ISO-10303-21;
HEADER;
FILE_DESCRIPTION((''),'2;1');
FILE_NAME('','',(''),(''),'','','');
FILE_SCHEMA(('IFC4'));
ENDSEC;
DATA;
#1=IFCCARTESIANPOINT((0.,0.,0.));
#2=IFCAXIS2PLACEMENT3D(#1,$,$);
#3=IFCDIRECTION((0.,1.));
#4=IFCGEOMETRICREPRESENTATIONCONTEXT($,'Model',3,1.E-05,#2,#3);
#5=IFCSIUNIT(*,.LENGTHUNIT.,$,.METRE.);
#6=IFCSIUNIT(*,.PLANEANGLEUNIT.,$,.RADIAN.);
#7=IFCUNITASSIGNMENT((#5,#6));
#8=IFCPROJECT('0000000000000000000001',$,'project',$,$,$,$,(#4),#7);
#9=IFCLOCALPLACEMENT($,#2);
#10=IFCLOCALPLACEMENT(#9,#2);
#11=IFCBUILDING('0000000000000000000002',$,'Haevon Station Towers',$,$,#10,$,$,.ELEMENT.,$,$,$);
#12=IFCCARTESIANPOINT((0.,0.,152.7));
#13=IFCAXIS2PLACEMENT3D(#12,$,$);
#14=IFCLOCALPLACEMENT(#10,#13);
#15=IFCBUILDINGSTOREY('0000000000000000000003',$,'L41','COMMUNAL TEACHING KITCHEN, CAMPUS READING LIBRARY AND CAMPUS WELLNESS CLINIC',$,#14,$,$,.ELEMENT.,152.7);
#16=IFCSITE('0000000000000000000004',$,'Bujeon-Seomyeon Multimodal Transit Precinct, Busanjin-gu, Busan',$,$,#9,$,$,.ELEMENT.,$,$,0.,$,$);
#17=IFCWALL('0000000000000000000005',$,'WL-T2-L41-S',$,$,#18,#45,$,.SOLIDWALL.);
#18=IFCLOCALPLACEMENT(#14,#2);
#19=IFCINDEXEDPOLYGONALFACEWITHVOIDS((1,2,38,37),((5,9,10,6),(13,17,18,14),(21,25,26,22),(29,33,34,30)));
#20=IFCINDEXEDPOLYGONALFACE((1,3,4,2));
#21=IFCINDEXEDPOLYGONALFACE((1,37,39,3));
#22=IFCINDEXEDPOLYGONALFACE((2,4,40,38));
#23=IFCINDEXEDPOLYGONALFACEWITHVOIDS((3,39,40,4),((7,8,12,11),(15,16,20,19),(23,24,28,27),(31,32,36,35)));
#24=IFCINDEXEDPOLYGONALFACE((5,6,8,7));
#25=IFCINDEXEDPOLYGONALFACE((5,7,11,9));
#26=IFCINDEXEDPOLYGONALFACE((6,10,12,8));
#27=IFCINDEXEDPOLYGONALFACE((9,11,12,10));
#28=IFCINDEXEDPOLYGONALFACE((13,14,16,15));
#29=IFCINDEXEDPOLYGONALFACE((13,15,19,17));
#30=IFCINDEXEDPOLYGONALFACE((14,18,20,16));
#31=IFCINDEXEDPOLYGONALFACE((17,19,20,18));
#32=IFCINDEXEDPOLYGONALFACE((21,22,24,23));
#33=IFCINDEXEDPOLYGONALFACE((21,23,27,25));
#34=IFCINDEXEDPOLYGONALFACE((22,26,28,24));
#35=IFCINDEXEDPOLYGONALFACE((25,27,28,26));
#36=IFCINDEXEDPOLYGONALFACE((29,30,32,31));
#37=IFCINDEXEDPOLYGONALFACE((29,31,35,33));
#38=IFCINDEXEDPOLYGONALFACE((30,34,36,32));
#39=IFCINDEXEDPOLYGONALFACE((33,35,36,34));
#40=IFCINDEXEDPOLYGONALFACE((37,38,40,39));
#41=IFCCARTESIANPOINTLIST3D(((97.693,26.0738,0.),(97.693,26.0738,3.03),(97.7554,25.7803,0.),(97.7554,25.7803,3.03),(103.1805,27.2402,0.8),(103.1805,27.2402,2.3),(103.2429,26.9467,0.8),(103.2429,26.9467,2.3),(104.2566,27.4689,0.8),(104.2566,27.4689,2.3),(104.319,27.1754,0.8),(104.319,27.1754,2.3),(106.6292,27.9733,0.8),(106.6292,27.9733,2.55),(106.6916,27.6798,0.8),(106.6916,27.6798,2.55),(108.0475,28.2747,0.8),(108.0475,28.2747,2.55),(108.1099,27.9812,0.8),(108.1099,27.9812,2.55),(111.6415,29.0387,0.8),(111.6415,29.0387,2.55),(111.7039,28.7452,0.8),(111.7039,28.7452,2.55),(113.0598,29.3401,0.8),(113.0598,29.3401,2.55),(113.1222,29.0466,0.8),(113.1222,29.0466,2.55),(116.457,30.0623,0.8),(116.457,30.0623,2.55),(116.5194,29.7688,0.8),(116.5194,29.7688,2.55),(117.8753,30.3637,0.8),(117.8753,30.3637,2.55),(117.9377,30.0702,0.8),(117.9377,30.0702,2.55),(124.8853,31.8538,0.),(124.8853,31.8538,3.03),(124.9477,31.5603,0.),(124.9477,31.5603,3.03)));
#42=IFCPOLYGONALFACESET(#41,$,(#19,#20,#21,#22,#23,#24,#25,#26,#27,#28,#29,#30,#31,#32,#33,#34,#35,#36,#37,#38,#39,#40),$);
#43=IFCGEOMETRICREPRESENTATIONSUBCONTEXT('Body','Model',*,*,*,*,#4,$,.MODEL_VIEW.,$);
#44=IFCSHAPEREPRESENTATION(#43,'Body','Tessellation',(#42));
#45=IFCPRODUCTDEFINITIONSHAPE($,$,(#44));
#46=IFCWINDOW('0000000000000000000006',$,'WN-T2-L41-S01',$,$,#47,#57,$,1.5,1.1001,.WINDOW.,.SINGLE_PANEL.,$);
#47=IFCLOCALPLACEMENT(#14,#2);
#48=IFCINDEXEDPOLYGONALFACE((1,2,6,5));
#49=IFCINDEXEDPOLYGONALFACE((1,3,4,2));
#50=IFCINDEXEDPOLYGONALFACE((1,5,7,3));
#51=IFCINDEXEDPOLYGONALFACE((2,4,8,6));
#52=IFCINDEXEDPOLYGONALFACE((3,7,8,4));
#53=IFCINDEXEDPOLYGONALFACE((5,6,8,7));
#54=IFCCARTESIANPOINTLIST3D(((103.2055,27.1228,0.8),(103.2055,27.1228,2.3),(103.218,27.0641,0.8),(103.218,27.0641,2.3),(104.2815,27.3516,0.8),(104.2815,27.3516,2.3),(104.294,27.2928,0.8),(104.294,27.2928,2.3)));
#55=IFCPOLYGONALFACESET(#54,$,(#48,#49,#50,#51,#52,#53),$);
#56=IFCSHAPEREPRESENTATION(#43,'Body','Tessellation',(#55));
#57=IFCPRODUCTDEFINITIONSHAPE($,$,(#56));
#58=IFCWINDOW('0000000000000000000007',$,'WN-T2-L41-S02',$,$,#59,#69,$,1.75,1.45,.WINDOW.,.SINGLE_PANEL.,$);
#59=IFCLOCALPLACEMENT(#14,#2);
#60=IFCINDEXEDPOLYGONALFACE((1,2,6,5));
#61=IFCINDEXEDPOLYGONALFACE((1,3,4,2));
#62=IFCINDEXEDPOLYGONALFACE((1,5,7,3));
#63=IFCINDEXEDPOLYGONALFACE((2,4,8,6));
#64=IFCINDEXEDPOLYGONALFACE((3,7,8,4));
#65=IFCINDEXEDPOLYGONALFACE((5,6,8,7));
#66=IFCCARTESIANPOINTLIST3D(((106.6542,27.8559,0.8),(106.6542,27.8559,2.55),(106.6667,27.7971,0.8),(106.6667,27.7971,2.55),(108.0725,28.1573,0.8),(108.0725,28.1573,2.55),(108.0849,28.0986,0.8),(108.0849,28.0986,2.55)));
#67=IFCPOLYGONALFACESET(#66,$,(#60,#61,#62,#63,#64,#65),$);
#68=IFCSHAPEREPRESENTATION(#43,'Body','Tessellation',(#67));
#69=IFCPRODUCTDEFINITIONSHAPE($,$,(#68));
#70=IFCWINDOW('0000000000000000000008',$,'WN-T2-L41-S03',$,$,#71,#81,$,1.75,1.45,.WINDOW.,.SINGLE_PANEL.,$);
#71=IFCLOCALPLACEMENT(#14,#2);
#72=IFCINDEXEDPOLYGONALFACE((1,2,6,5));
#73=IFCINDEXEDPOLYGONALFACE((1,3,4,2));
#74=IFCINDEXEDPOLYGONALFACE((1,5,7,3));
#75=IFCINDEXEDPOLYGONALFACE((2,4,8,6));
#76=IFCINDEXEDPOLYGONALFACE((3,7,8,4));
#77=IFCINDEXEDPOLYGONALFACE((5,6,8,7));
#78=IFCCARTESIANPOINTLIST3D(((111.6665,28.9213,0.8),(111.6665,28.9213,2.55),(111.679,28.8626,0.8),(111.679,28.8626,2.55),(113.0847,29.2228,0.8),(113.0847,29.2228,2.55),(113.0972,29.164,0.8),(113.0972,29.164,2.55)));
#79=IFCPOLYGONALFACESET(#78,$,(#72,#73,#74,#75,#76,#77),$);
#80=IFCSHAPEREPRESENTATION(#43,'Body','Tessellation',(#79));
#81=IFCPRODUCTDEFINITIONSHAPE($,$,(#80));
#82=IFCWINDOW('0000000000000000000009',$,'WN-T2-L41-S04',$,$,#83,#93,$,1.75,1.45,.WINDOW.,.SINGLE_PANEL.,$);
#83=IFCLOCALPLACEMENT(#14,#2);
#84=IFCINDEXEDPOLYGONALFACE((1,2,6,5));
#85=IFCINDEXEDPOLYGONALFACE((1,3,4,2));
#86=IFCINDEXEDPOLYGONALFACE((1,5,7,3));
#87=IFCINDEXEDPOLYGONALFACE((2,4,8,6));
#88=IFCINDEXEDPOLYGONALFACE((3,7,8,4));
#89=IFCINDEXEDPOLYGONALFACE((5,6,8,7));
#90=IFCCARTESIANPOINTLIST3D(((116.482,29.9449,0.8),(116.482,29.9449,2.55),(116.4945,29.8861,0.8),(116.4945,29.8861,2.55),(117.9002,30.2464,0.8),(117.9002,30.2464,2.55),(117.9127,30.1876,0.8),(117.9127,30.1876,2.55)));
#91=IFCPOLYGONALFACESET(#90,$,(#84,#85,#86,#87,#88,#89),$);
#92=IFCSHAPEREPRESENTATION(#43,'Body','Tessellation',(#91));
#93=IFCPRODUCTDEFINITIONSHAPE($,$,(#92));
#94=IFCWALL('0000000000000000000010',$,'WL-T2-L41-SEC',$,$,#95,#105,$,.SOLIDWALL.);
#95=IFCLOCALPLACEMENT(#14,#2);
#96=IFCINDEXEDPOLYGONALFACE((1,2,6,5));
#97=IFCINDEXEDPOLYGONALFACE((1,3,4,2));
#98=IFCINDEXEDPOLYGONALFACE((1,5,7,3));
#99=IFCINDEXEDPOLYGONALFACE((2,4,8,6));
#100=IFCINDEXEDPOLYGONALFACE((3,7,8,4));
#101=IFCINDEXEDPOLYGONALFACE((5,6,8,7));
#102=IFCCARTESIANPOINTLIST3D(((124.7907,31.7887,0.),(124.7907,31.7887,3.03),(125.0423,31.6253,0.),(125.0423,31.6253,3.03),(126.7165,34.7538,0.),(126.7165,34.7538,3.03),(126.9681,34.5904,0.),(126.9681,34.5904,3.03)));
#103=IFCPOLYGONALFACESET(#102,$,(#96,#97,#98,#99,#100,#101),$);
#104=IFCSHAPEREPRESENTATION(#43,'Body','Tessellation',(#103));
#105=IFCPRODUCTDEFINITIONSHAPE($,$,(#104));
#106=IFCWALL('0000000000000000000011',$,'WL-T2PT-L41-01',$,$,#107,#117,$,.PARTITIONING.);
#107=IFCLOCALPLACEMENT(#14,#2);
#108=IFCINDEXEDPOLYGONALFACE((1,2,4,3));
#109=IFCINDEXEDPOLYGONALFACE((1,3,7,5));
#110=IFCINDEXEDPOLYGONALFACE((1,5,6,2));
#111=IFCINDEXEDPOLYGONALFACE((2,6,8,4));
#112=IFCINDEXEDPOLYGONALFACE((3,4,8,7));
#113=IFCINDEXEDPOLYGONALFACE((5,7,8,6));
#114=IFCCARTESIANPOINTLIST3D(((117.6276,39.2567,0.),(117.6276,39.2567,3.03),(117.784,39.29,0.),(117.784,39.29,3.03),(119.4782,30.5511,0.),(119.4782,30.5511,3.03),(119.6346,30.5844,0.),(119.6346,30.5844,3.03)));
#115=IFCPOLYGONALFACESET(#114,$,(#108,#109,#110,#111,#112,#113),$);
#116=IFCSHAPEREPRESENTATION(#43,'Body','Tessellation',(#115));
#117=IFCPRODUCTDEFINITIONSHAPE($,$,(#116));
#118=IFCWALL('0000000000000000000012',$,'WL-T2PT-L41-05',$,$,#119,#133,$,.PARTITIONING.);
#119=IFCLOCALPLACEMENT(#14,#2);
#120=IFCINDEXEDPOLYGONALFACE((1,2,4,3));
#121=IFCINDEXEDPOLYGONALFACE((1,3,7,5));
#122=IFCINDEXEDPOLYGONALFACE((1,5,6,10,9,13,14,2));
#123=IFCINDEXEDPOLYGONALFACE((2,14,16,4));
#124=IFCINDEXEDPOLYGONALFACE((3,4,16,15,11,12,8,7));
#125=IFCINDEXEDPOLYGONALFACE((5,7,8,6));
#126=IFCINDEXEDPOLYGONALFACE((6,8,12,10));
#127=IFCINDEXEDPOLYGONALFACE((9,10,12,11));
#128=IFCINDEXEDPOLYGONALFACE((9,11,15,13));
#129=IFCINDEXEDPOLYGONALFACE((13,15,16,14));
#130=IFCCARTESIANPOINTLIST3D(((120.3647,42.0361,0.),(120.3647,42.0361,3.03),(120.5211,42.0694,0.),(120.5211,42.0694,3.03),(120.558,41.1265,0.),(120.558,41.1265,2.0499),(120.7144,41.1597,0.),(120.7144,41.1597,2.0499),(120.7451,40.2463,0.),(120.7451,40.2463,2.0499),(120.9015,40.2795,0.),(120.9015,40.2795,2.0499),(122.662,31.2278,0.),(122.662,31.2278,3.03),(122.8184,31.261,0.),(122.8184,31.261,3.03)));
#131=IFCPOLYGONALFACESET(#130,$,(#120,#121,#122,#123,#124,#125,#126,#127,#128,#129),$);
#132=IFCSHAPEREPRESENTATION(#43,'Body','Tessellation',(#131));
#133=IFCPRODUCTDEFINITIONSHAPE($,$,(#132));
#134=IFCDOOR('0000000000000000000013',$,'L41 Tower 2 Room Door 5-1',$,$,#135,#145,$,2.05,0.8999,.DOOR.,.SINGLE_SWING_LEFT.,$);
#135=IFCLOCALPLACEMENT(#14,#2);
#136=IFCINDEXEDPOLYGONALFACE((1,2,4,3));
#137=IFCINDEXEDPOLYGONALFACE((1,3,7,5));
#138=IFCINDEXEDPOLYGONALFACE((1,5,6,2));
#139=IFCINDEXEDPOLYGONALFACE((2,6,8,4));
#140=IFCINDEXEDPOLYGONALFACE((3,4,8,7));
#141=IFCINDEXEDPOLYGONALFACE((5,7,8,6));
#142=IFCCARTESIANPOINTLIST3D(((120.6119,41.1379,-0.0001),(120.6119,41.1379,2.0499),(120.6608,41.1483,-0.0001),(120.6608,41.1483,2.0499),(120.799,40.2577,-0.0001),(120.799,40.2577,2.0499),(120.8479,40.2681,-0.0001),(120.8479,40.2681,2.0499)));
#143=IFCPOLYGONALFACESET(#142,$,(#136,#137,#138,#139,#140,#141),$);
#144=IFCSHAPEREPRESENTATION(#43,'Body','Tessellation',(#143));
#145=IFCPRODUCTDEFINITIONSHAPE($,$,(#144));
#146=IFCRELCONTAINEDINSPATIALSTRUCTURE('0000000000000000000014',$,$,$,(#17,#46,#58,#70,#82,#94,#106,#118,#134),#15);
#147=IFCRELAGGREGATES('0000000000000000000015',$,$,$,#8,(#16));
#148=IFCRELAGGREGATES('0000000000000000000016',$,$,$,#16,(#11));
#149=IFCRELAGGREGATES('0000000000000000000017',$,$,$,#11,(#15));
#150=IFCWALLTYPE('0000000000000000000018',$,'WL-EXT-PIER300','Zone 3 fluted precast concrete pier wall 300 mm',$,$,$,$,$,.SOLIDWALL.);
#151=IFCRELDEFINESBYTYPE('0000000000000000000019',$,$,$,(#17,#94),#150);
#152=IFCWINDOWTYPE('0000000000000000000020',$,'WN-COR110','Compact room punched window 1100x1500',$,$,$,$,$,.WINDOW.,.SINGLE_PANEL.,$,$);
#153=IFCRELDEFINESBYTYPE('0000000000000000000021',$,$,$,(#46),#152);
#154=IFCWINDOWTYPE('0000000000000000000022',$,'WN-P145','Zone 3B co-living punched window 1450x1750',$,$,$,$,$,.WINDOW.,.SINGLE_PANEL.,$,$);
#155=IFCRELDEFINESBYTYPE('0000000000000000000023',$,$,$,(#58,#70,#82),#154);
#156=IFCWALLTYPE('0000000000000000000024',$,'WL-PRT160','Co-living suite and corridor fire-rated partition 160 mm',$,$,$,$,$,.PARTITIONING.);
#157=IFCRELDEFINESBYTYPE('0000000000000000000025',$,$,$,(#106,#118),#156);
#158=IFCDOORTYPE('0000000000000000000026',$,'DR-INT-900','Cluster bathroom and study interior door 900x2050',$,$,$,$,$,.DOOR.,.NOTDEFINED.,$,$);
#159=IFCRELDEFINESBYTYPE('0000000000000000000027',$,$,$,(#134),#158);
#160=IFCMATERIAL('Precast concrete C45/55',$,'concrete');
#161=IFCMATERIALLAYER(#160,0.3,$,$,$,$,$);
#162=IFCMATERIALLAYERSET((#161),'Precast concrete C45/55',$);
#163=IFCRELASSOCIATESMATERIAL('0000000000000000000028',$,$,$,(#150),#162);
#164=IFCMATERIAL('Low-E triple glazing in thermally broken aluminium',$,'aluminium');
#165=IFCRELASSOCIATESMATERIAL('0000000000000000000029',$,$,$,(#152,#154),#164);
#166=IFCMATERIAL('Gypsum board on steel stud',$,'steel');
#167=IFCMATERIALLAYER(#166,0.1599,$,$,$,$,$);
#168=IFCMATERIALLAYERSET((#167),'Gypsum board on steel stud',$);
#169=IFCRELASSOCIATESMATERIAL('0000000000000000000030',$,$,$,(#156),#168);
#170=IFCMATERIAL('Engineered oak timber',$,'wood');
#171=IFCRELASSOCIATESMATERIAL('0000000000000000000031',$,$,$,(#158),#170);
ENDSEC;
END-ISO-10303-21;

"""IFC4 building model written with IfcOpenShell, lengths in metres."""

from ifc_helpers import new_model, si_unit, direction, frame, frame_2d, origin, place, context, subcontext, project, spatial, rectangle, extrude, material, layer, layer_set, type_object, element, fill, save


model = new_model("IFC4")

# Units and contexts
model_context = context("Model", 3, precision=1e-05, world=origin(), true_north=direction((0.0, 1.0)))
body_context = subcontext(model_context, "Body", "Model", "MODEL_VIEW")
ifc_project = project(units=[si_unit("LENGTHUNIT", "METRE"), si_unit("PLANEANGLEUNIT", "RADIAN")], contexts=[model_context])

# Site, building, storey
site_placement = place(None, origin())
site = spatial("IfcSite", under=ifc_project, at=site_placement, Name="Bujeon-Seomyeon Multimodal Transit Precinct, Busanjin-gu, Busan", CompositionType="ELEMENT", RefElevation=0.0)
building_placement = place(site_placement, origin())
building = spatial("IfcBuilding", under=site, at=building_placement, Name="Haevon Station Towers", CompositionType="ELEMENT")
storey_placement = place(building_placement, frame((0.0, 0.0, 152.7)))
storey = spatial("IfcBuildingStorey", under=building, at=storey_placement, Name="L41", Description="COMMUNAL TEACHING KITCHEN, CAMPUS READING LIBRARY AND CAMPUS WELLNESS CLINIC", CompositionType="ELEMENT", Elevation=152.7)

# Wall, openings, windows
ifc_material_1 = material(Name="Precast concrete C45/55", Category="concrete")
ifc_layer_1 = layer(ifc_material_1, 0.3)
ifc_layer_set_1 = layer_set([ifc_layer_1], Name="Precast concrete C45/55")
wall_type_1 = type_object("IfcWallType", Name="WL-EXT-PIER300", Description="Zone 3 fluted precast concrete pier wall 300 mm", PredefinedType="SOLIDWALL", material=ifc_layer_set_1)
wall_1_placement = place(storey_placement, frame((124.9165, 31.707, 0.0), z_axis=(0.0, 0.0, 1.0), x_axis=(-0.978147, -0.207915, 0.0)))
wall_1 = element("IfcWall", 1, at=wall_1_placement, inside=storey, type_object=wall_type_1, Name="WL-T2-L41-S", PredefinedType="SOLIDWALL", context=body_context, shape_type="SweptSolid", body=[
    extrude(rectangle(XDim=27.7998, YDim=0.3, at=frame_2d((13.8999, 0.0))), origin(), (0.0, 0.0, 1.0), 3.03),
])
opening_1_placement = place(wall_1_placement, frame((21.0896, 0.0, 0.8)))
opening_1 = element("IfcOpeningElement", 2, at=opening_1_placement, cuts=wall_1, PredefinedType="OPENING", context=body_context, shape_type="SweptSolid", body=[
    extrude(rectangle(XDim=1.1001, YDim=1.5, at=frame_2d((0.55, 0.75))), frame((0.0, 0.1599, 0.0), z_axis=(0.0, -1.0, 0.0), x_axis=(1.0, 0.0, 0.0)), (0.0, 0.0, 1.0), 0.3201),
])
opening_2_placement = place(wall_1_placement, frame((17.2139, 0.0, 0.8)))
opening_2 = element("IfcOpeningElement", 3, at=opening_2_placement, cuts=wall_1, PredefinedType="OPENING", context=body_context, shape_type="SweptSolid", body=[
    extrude(rectangle(XDim=1.45, YDim=1.75, at=frame_2d((0.7251, 0.875))), frame((0.0, 0.1599, 0.0), z_axis=(0.0, -1.0, 0.0), x_axis=(1.0, 0.0, 0.0)), (0.0, 0.0, 1.0), 0.3201),
])
opening_3_placement = place(wall_1_placement, frame((12.0896, 0.0, 0.8)))
opening_3 = element("IfcOpeningElement", 4, at=opening_3_placement, cuts=wall_1, PredefinedType="OPENING", context=body_context, shape_type="SweptSolid", body=[
    extrude(rectangle(XDim=1.45, YDim=1.75, at=frame_2d((0.7251, 0.875))), frame((0.0, 0.1599, 0.0), z_axis=(0.0, -1.0, 0.0), x_axis=(1.0, 0.0, 0.0)), (0.0, 0.0, 1.0), 0.3201),
])
opening_4_placement = place(wall_1_placement, frame((7.1665, 0.0, 0.8)))
opening_4 = element("IfcOpeningElement", 5, at=opening_4_placement, cuts=wall_1, PredefinedType="OPENING", context=body_context, shape_type="SweptSolid", body=[
    extrude(rectangle(XDim=1.45, YDim=1.75, at=frame_2d((0.7251, 0.875))), frame((0.0, 0.1599, 0.0), z_axis=(0.0, -1.0, 0.0), x_axis=(1.0, 0.0, 0.0)), (0.0, 0.0, 1.0), 0.3201),
])
ifc_material_2 = material(Name="Low-E triple glazing in thermally broken aluminium", Category="aluminium")
window_type_1 = type_object("IfcWindowType", Name="WN-COR110", Description="Compact room punched window 1100x1500", PartitioningType="SINGLE_PANEL", PredefinedType="WINDOW", material=ifc_material_2)
window_1_placement = place(opening_1_placement, origin())
window_1 = element("IfcWindow", 6, at=window_1_placement, inside=storey, type_object=window_type_1, Name="WN-T2-L41-S01", OverallHeight=1.5, OverallWidth=1.1001, PartitioningType="SINGLE_PANEL", PredefinedType="WINDOW", context=body_context, shape_type="SweptSolid", body=[
    extrude(rectangle(XDim=1.1001, YDim=1.5, at=frame_2d((0.55, 0.75))), frame((0.0, 0.03, 0.0), z_axis=(0.0, -1.0, 0.0), x_axis=(1.0, 0.0, 0.0)), (0.0, 0.0, 1.0), 0.0601),
])
fill(opening_1, window_1)
window_type_2 = type_object("IfcWindowType", Name="WN-P145", Description="Zone 3B co-living punched window 1450x1750", PartitioningType="SINGLE_PANEL", PredefinedType="WINDOW", material=ifc_material_2)
window_2_placement = place(opening_2_placement, origin())
window_2 = element("IfcWindow", 7, at=window_2_placement, inside=storey, type_object=window_type_2, Name="WN-T2-L41-S02", OverallHeight=1.75, OverallWidth=1.45, PartitioningType="SINGLE_PANEL", PredefinedType="WINDOW", context=body_context, shape_type="SweptSolid", body=[
    extrude(rectangle(XDim=1.45, YDim=1.75, at=frame_2d((0.7251, 0.875))), frame((0.0, 0.03, 0.0), z_axis=(0.0, -1.0, 0.0), x_axis=(1.0, 0.0, 0.0)), (0.0, 0.0, 1.0), 0.0601),
])
fill(opening_2, window_2)
window_3_placement = place(opening_3_placement, origin())
window_3 = element("IfcWindow", 8, at=window_3_placement, inside=storey, type_object=window_type_2, Name="WN-T2-L41-S03", OverallHeight=1.75, OverallWidth=1.45, PartitioningType="SINGLE_PANEL", PredefinedType="WINDOW", context=body_context, shape_type="SweptSolid", body=[
    extrude(rectangle(XDim=1.45, YDim=1.75, at=frame_2d((0.7251, 0.875))), frame((0.0, 0.03, 0.0), z_axis=(0.0, -1.0, 0.0), x_axis=(1.0, 0.0, 0.0)), (0.0, 0.0, 1.0), 0.0601),
])
fill(opening_3, window_3)
window_4_placement = place(opening_4_placement, origin())
window_4 = element("IfcWindow", 9, at=window_4_placement, inside=storey, type_object=window_type_2, Name="WN-T2-L41-S04", OverallHeight=1.75, OverallWidth=1.45, PartitioningType="SINGLE_PANEL", PredefinedType="WINDOW", context=body_context, shape_type="SweptSolid", body=[
    extrude(rectangle(XDim=1.45, YDim=1.75, at=frame_2d((0.7251, 0.875))), frame((0.0, 0.03, 0.0), z_axis=(0.0, -1.0, 0.0), x_axis=(1.0, 0.0, 0.0)), (0.0, 0.0, 1.0), 0.0601),
])
fill(opening_4, window_4)

# Walls
wall_2_placement = place(storey_placement, frame((126.8423, 34.6721, 0.0), z_axis=(0.0, 0.0, 1.0), x_axis=(-0.544685, -0.838641, 0.0)))
element("IfcWall", 10, at=wall_2_placement, inside=storey, type_object=wall_type_1, Name="WL-T2-L41-SEC", PredefinedType="SOLIDWALL", context=body_context, shape_type="SweptSolid", body=[
    extrude(rectangle(XDim=3.5356, YDim=0.3, at=frame_2d((1.7678, 0.0))), origin(), (0.0, 0.0, 1.0), 3.03),
])
ifc_material_3 = material(Name="Gypsum board on steel stud", Category="steel")
ifc_layer_2 = layer(ifc_material_3, 0.1599)
ifc_layer_set_2 = layer_set([ifc_layer_2], Name="Gypsum board on steel stud")
wall_type_2 = type_object("IfcWallType", Name="WL-PRT160", Description="Co-living suite and corridor fire-rated partition 160 mm", PredefinedType="PARTITIONING", material=ifc_layer_set_2)
wall_3_placement = place(storey_placement, frame((119.5564, 30.5676, 0.0), z_axis=(0.0, 0.0, 1.0), x_axis=(-0.207929, 0.978144, 0.0)))
element("IfcWall", 11, at=wall_3_placement, inside=storey, type_object=wall_type_2, Name="WL-T2PT-L41-01", PredefinedType="PARTITIONING", context=body_context, shape_type="SweptSolid", body=[
    extrude(rectangle(XDim=8.9001, YDim=0.1599, at=frame_2d((4.4502, 0.0))), origin(), (0.0, 0.0, 1.0), 3.03),
])

# Wall, opening, door
wall_4_placement = place(storey_placement, frame((122.7402, 31.2444, 0.0), z_axis=(0.0, 0.0, 1.0), x_axis=(-0.20791, 0.978148, 0.0)))
wall_4 = element("IfcWall", 12, at=wall_4_placement, inside=storey, type_object=wall_type_2, Name="WL-T2PT-L41-05", PredefinedType="PARTITIONING", context=body_context, shape_type="SweptSolid", body=[
    extrude(rectangle(XDim=11.0498, YDim=0.1599, at=frame_2d((5.5249, 0.0))), origin(), (0.0, 0.0, 1.0), 3.03),
])
opening_5_placement = place(wall_4_placement, frame((9.22, 0.0, 0.0)))
opening_5 = element("IfcOpeningElement", 13, at=opening_5_placement, cuts=wall_4, PredefinedType="OPENING", context=body_context, shape_type="SweptSolid", body=[
    extrude(rectangle(XDim=0.8999, YDim=2.05, at=frame_2d((0.45, 1.0249))), frame((0.0, 0.0898, 0.0), z_axis=(0.0, -1.0, 0.0), x_axis=(1.0, 0.0, 0.0)), (0.0, 0.0, 1.0), 0.1799),
])
ifc_material_4 = material(Name="Engineered oak timber", Category="wood")
door_type = type_object("IfcDoorType", Name="DR-INT-900", Description="Cluster bathroom and study interior door 900x2050", OperationType="NOTDEFINED", PredefinedType="DOOR", material=ifc_material_4)
door_placement = place(opening_5_placement, origin())
door = element("IfcDoor", 14, at=door_placement, inside=storey, type_object=door_type, Name="L41 Tower 2 Room Door 5-1", OperationType="SINGLE_SWING_LEFT", OverallHeight=2.05, OverallWidth=0.8999, PredefinedType="DOOR", context=body_context, shape_type="SweptSolid", body=[
    extrude(rectangle(XDim=0.8999, YDim=2.05, at=frame_2d((0.45, 1.0249))), frame((0.0, 0.0249, 0.0), z_axis=(0.0, -1.0, 0.0), x_axis=(1.0, 0.0, 0.0)), (0.0, 0.0, 1.0), 0.05),
])
fill(opening_5, door)

save(model, "model.ifc")
